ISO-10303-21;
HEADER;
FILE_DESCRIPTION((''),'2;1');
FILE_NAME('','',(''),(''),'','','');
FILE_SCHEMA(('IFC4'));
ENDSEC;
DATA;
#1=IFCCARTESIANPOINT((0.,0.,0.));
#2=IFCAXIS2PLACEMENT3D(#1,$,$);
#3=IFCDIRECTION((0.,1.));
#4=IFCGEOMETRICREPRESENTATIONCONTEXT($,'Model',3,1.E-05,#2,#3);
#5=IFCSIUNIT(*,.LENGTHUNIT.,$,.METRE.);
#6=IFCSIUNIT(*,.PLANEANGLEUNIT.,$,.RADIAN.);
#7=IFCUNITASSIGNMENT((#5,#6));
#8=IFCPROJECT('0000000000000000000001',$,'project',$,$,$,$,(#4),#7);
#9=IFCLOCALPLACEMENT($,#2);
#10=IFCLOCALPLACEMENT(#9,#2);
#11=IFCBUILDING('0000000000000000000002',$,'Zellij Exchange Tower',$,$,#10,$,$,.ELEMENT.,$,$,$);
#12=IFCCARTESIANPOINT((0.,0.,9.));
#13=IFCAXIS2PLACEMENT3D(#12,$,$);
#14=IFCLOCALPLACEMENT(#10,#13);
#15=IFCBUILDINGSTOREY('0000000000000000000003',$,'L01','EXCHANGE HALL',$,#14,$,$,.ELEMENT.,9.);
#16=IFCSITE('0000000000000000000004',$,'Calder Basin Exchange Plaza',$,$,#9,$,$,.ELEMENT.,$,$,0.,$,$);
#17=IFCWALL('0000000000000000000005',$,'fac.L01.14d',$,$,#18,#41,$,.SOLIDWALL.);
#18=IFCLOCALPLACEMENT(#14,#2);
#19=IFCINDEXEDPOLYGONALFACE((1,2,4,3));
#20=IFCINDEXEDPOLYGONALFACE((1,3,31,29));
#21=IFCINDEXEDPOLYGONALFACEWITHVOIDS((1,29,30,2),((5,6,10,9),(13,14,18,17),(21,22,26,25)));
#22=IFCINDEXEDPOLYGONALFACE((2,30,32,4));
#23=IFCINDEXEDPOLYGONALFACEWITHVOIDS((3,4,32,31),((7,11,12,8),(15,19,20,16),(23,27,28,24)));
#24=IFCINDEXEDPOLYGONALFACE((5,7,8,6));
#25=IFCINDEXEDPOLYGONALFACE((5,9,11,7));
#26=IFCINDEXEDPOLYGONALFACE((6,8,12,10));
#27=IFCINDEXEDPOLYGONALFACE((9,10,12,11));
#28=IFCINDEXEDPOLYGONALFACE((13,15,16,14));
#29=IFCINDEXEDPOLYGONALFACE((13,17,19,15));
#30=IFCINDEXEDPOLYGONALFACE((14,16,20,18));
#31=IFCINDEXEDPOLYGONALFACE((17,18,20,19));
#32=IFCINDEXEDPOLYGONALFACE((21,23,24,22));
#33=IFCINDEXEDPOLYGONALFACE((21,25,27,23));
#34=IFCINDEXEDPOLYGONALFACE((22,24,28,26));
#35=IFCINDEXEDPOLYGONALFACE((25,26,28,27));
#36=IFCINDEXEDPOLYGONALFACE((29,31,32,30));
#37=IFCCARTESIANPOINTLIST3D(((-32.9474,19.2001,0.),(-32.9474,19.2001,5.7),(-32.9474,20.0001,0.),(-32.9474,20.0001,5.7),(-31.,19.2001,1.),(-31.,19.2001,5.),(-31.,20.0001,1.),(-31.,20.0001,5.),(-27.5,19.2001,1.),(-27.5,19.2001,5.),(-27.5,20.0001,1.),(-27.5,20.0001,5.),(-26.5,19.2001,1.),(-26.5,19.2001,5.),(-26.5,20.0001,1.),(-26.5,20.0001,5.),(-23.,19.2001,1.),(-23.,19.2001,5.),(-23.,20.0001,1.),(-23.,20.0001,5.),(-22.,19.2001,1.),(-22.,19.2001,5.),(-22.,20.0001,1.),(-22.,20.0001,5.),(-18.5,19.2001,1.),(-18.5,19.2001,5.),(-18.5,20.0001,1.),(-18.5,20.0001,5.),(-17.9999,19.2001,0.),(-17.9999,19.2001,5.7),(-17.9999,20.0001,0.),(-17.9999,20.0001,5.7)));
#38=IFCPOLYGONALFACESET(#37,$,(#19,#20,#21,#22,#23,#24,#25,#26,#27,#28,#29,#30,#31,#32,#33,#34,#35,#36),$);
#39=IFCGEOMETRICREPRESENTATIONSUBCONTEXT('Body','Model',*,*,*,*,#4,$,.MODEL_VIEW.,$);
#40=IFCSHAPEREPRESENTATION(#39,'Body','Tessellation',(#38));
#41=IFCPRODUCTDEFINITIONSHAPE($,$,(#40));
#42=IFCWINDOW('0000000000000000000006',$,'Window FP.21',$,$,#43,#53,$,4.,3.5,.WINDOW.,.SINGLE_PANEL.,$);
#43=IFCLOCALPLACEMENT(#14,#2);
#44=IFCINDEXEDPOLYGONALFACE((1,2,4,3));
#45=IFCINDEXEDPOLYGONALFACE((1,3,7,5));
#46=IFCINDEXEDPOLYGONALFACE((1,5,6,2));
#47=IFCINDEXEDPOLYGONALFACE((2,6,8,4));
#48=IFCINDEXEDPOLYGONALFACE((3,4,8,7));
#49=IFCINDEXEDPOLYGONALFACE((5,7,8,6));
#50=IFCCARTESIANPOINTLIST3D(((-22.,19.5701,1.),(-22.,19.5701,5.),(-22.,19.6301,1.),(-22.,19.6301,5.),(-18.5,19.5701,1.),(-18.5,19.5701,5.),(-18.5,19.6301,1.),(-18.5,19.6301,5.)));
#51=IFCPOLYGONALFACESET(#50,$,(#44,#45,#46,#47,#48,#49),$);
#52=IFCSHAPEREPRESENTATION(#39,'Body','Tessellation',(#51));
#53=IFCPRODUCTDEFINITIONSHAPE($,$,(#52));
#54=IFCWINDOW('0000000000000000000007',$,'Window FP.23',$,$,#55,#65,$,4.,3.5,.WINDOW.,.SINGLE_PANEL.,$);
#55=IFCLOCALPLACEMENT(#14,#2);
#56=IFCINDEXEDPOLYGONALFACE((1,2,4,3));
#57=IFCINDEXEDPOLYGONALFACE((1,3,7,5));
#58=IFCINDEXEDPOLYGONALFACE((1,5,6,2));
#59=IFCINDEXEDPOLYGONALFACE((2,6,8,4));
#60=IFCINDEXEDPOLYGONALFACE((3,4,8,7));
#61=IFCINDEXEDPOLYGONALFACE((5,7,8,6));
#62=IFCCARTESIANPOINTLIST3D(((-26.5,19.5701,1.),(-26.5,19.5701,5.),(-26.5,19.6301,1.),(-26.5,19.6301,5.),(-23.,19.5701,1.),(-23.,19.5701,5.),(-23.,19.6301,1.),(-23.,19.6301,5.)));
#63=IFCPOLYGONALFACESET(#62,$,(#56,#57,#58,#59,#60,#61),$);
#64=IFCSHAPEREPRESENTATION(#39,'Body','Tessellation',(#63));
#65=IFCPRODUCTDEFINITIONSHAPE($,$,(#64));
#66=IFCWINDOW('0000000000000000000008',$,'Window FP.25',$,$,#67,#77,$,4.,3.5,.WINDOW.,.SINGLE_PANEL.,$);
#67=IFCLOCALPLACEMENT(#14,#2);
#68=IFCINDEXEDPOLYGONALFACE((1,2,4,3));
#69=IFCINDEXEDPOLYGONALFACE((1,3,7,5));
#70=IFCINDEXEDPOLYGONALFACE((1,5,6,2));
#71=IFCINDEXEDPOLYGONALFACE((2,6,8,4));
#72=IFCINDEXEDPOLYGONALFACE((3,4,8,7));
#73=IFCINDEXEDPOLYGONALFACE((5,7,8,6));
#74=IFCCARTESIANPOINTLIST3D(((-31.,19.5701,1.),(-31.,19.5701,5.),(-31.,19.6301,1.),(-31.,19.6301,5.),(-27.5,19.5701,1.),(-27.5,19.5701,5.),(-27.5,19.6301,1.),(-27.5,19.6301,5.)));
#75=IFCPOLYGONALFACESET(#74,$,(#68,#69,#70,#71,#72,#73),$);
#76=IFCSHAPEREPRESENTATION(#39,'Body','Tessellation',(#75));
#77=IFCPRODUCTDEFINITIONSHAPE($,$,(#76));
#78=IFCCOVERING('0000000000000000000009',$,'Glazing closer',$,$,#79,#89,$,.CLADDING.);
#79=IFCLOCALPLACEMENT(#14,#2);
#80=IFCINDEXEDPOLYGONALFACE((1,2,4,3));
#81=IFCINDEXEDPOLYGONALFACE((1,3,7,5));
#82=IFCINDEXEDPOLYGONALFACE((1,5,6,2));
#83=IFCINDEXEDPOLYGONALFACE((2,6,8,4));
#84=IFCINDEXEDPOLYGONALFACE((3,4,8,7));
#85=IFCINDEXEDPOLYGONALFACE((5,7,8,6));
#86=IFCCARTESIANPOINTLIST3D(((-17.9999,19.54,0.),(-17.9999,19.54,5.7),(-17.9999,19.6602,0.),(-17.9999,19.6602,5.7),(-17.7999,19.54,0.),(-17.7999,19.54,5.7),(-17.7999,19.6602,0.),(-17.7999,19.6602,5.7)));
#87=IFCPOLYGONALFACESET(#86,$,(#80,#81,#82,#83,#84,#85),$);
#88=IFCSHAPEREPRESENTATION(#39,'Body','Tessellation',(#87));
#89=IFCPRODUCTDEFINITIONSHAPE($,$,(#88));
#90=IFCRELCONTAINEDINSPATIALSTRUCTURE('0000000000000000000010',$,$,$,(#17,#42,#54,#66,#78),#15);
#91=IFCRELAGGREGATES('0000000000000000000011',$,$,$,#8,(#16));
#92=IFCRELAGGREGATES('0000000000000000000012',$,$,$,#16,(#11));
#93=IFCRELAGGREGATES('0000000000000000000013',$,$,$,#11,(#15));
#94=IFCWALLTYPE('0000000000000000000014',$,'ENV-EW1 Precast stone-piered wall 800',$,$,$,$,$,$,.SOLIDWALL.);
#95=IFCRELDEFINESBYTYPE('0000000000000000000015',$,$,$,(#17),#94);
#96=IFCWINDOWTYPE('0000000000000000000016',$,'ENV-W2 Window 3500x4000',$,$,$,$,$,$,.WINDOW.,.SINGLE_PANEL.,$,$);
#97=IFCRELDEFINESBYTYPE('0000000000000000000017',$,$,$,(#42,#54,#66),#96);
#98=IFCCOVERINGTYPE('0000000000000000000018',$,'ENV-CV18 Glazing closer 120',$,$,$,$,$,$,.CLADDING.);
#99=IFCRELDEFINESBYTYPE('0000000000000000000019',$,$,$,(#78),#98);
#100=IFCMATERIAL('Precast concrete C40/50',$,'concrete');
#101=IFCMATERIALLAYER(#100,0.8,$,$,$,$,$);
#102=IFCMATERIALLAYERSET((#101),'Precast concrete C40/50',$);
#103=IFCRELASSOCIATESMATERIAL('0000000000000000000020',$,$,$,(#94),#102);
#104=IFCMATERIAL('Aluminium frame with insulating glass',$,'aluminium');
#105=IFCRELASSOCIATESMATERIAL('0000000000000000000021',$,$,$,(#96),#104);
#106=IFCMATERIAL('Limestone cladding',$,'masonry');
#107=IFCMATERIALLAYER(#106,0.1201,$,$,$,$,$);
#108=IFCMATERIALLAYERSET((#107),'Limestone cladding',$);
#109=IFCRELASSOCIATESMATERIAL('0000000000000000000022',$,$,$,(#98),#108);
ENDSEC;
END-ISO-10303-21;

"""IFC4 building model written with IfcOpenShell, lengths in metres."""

from ifc_helpers import new_model, si_unit, direction, frame, frame_2d, origin, origin_2d, place, context, subcontext, project, spatial, rectangle, extrude, material, layer, layer_set, type_object, element, fill, save


model = new_model("IFC4")

# Units and contexts
model_context = context("Model", 3, precision=1e-05, world=origin(), true_north=direction((0.0, 1.0)))
body_context = subcontext(model_context, "Body", "Model", "MODEL_VIEW")
ifc_project = project(units=[si_unit("LENGTHUNIT", "METRE"), si_unit("PLANEANGLEUNIT", "RADIAN")], contexts=[model_context])

# Site, building, storey
site_placement = place(None, origin())
site = spatial("IfcSite", under=ifc_project, at=site_placement, Name="Calder Basin Exchange Plaza", CompositionType="ELEMENT", RefElevation=0.0)
building_placement = place(site_placement, origin())
building = spatial("IfcBuilding", under=site, at=building_placement, Name="Zellij Exchange Tower", CompositionType="ELEMENT")
storey_placement = place(building_placement, frame((0.0, 0.0, 9.0)))
storey = spatial("IfcBuildingStorey", under=building, at=storey_placement, Name="L01", Description="EXCHANGE HALL", CompositionType="ELEMENT", Elevation=9.0)

# Wall, openings, windows
ifc_material_1 = material(Name="Precast concrete C40/50", Category="concrete")
ifc_layer_1 = layer(ifc_material_1, 0.8)
ifc_layer_set_1 = layer_set([ifc_layer_1], Name="Precast concrete C40/50")
wall_type = type_object("IfcWallType", Name="ENV-EW1 Precast stone-piered wall 800", PredefinedType="SOLIDWALL", material=ifc_layer_set_1)
wall_placement = place(storey_placement, frame((-18.0, 19.6001, 0.0), z_axis=(0.0, 0.0, 1.0), x_axis=(-1.0, 0.0, 0.0)))
wall = element("IfcWall", 1, at=wall_placement, inside=storey, type_object=wall_type, Name="fac.L01.14d", PredefinedType="SOLIDWALL", context=body_context, shape_type="SweptSolid", body=[
    extrude(rectangle(XDim=14.9475, YDim=0.8, at=frame_2d((7.4736, 0.0))), origin(), (0.0, 0.0, 1.0), 5.7),
])
opening_1_placement = place(wall_placement, frame((0.5, 0.0, 1.0)))
opening_1 = element("IfcOpeningElement", 2, at=opening_1_placement, cuts=wall, PredefinedType="OPENING", context=body_context, shape_type="SweptSolid", body=[
    extrude(rectangle(XDim=3.5, YDim=4.0, at=frame_2d((1.75, 2.0))), frame((0.0, 0.4121, 0.0), z_axis=(0.0, -1.0, 0.0), x_axis=(1.0, 0.0, 0.0)), (0.0, 0.0, 1.0), 0.824),
])
opening_2_placement = place(wall_placement, frame((5.0, 0.0, 1.0)))
opening_2 = element("IfcOpeningElement", 3, at=opening_2_placement, cuts=wall, PredefinedType="OPENING", context=body_context, shape_type="SweptSolid", body=[
    extrude(rectangle(XDim=3.5, YDim=4.0, at=frame_2d((1.75, 2.0))), frame((0.0, 0.4121, 0.0), z_axis=(0.0, -1.0, 0.0), x_axis=(1.0, 0.0, 0.0)), (0.0, 0.0, 1.0), 0.824),
])
opening_3_placement = place(wall_placement, frame((9.5, 0.0, 1.0)))
opening_3 = element("IfcOpeningElement", 4, at=opening_3_placement, cuts=wall, PredefinedType="OPENING", context=body_context, shape_type="SweptSolid", body=[
    extrude(rectangle(XDim=3.5, YDim=4.0, at=frame_2d((1.75, 2.0))), frame((0.0, 0.4121, 0.0), z_axis=(0.0, -1.0, 0.0), x_axis=(1.0, 0.0, 0.0)), (0.0, 0.0, 1.0), 0.824),
])
ifc_material_2 = material(Name="Aluminium frame with insulating glass", Category="aluminium")
window_type = type_object("IfcWindowType", Name="ENV-W2 Window 3500x4000", PartitioningType="SINGLE_PANEL", PredefinedType="WINDOW", material=ifc_material_2)
window_1_placement = place(opening_1_placement, origin())
window_1 = element("IfcWindow", 5, at=window_1_placement, inside=storey, type_object=window_type, Name="Window FP.21", OverallHeight=4.0, OverallWidth=3.5, PartitioningType="SINGLE_PANEL", PredefinedType="WINDOW", context=body_context, shape_type="SweptSolid", body=[
    extrude(rectangle(XDim=3.5, YDim=4.0, at=frame_2d((1.75, 2.0))), frame((0.0, 0.03, 0.0), z_axis=(0.0, -1.0, 0.0), x_axis=(1.0, 0.0, 0.0)), (0.0, 0.0, 1.0), 0.0601),
])
fill(opening_1, window_1)
window_2_placement = place(opening_2_placement, origin())
window_2 = element("IfcWindow", 6, at=window_2_placement, inside=storey, type_object=window_type, Name="Window FP.23", OverallHeight=4.0, OverallWidth=3.5, PartitioningType="SINGLE_PANEL", PredefinedType="WINDOW", context=body_context, shape_type="SweptSolid", body=[
    extrude(rectangle(XDim=3.5, YDim=4.0, at=frame_2d((1.75, 2.0))), frame((0.0, 0.03, 0.0), z_axis=(0.0, -1.0, 0.0), x_axis=(1.0, 0.0, 0.0)), (0.0, 0.0, 1.0), 0.0601),
])
fill(opening_2, window_2)
window_3_placement = place(opening_3_placement, origin())
window_3 = element("IfcWindow", 7, at=window_3_placement, inside=storey, type_object=window_type, Name="Window FP.25", OverallHeight=4.0, OverallWidth=3.5, PartitioningType="SINGLE_PANEL", PredefinedType="WINDOW", context=body_context, shape_type="SweptSolid", body=[
    extrude(rectangle(XDim=3.5, YDim=4.0, at=frame_2d((1.75, 2.0))), frame((0.0, 0.03, 0.0), z_axis=(0.0, -1.0, 0.0), x_axis=(1.0, 0.0, 0.0)), (0.0, 0.0, 1.0), 0.0601),
])
fill(opening_3, window_3)

# Covering
ifc_material_3 = material(Name="Limestone cladding", Category="masonry")
ifc_layer_2 = layer(ifc_material_3, 0.1201)
ifc_layer_set_2 = layer_set([ifc_layer_2], Name="Limestone cladding")
covering_type_1 = type_object("IfcCoveringType", Name="ENV-CV18 Glazing closer 120", PredefinedType="CLADDING", material=ifc_layer_set_2)
covering_1_placement = place(storey_placement, frame((-17.8999, 19.6001, 0.0), z_axis=(0.0, 0.0, 1.0), x_axis=(-1.0, 0.0, 0.0)))
element("IfcCovering", 8, at=covering_1_placement, inside=storey, type_object=covering_type_1, Name="Glazing closer", PredefinedType="CLADDING", context=body_context, shape_type="SweptSolid", body=[
    extrude(rectangle(XDim=0.2, YDim=0.1201, at=origin_2d()), origin(), (0.0, 0.0, 1.0), 5.7),
])

save(model, "model.ifc")
